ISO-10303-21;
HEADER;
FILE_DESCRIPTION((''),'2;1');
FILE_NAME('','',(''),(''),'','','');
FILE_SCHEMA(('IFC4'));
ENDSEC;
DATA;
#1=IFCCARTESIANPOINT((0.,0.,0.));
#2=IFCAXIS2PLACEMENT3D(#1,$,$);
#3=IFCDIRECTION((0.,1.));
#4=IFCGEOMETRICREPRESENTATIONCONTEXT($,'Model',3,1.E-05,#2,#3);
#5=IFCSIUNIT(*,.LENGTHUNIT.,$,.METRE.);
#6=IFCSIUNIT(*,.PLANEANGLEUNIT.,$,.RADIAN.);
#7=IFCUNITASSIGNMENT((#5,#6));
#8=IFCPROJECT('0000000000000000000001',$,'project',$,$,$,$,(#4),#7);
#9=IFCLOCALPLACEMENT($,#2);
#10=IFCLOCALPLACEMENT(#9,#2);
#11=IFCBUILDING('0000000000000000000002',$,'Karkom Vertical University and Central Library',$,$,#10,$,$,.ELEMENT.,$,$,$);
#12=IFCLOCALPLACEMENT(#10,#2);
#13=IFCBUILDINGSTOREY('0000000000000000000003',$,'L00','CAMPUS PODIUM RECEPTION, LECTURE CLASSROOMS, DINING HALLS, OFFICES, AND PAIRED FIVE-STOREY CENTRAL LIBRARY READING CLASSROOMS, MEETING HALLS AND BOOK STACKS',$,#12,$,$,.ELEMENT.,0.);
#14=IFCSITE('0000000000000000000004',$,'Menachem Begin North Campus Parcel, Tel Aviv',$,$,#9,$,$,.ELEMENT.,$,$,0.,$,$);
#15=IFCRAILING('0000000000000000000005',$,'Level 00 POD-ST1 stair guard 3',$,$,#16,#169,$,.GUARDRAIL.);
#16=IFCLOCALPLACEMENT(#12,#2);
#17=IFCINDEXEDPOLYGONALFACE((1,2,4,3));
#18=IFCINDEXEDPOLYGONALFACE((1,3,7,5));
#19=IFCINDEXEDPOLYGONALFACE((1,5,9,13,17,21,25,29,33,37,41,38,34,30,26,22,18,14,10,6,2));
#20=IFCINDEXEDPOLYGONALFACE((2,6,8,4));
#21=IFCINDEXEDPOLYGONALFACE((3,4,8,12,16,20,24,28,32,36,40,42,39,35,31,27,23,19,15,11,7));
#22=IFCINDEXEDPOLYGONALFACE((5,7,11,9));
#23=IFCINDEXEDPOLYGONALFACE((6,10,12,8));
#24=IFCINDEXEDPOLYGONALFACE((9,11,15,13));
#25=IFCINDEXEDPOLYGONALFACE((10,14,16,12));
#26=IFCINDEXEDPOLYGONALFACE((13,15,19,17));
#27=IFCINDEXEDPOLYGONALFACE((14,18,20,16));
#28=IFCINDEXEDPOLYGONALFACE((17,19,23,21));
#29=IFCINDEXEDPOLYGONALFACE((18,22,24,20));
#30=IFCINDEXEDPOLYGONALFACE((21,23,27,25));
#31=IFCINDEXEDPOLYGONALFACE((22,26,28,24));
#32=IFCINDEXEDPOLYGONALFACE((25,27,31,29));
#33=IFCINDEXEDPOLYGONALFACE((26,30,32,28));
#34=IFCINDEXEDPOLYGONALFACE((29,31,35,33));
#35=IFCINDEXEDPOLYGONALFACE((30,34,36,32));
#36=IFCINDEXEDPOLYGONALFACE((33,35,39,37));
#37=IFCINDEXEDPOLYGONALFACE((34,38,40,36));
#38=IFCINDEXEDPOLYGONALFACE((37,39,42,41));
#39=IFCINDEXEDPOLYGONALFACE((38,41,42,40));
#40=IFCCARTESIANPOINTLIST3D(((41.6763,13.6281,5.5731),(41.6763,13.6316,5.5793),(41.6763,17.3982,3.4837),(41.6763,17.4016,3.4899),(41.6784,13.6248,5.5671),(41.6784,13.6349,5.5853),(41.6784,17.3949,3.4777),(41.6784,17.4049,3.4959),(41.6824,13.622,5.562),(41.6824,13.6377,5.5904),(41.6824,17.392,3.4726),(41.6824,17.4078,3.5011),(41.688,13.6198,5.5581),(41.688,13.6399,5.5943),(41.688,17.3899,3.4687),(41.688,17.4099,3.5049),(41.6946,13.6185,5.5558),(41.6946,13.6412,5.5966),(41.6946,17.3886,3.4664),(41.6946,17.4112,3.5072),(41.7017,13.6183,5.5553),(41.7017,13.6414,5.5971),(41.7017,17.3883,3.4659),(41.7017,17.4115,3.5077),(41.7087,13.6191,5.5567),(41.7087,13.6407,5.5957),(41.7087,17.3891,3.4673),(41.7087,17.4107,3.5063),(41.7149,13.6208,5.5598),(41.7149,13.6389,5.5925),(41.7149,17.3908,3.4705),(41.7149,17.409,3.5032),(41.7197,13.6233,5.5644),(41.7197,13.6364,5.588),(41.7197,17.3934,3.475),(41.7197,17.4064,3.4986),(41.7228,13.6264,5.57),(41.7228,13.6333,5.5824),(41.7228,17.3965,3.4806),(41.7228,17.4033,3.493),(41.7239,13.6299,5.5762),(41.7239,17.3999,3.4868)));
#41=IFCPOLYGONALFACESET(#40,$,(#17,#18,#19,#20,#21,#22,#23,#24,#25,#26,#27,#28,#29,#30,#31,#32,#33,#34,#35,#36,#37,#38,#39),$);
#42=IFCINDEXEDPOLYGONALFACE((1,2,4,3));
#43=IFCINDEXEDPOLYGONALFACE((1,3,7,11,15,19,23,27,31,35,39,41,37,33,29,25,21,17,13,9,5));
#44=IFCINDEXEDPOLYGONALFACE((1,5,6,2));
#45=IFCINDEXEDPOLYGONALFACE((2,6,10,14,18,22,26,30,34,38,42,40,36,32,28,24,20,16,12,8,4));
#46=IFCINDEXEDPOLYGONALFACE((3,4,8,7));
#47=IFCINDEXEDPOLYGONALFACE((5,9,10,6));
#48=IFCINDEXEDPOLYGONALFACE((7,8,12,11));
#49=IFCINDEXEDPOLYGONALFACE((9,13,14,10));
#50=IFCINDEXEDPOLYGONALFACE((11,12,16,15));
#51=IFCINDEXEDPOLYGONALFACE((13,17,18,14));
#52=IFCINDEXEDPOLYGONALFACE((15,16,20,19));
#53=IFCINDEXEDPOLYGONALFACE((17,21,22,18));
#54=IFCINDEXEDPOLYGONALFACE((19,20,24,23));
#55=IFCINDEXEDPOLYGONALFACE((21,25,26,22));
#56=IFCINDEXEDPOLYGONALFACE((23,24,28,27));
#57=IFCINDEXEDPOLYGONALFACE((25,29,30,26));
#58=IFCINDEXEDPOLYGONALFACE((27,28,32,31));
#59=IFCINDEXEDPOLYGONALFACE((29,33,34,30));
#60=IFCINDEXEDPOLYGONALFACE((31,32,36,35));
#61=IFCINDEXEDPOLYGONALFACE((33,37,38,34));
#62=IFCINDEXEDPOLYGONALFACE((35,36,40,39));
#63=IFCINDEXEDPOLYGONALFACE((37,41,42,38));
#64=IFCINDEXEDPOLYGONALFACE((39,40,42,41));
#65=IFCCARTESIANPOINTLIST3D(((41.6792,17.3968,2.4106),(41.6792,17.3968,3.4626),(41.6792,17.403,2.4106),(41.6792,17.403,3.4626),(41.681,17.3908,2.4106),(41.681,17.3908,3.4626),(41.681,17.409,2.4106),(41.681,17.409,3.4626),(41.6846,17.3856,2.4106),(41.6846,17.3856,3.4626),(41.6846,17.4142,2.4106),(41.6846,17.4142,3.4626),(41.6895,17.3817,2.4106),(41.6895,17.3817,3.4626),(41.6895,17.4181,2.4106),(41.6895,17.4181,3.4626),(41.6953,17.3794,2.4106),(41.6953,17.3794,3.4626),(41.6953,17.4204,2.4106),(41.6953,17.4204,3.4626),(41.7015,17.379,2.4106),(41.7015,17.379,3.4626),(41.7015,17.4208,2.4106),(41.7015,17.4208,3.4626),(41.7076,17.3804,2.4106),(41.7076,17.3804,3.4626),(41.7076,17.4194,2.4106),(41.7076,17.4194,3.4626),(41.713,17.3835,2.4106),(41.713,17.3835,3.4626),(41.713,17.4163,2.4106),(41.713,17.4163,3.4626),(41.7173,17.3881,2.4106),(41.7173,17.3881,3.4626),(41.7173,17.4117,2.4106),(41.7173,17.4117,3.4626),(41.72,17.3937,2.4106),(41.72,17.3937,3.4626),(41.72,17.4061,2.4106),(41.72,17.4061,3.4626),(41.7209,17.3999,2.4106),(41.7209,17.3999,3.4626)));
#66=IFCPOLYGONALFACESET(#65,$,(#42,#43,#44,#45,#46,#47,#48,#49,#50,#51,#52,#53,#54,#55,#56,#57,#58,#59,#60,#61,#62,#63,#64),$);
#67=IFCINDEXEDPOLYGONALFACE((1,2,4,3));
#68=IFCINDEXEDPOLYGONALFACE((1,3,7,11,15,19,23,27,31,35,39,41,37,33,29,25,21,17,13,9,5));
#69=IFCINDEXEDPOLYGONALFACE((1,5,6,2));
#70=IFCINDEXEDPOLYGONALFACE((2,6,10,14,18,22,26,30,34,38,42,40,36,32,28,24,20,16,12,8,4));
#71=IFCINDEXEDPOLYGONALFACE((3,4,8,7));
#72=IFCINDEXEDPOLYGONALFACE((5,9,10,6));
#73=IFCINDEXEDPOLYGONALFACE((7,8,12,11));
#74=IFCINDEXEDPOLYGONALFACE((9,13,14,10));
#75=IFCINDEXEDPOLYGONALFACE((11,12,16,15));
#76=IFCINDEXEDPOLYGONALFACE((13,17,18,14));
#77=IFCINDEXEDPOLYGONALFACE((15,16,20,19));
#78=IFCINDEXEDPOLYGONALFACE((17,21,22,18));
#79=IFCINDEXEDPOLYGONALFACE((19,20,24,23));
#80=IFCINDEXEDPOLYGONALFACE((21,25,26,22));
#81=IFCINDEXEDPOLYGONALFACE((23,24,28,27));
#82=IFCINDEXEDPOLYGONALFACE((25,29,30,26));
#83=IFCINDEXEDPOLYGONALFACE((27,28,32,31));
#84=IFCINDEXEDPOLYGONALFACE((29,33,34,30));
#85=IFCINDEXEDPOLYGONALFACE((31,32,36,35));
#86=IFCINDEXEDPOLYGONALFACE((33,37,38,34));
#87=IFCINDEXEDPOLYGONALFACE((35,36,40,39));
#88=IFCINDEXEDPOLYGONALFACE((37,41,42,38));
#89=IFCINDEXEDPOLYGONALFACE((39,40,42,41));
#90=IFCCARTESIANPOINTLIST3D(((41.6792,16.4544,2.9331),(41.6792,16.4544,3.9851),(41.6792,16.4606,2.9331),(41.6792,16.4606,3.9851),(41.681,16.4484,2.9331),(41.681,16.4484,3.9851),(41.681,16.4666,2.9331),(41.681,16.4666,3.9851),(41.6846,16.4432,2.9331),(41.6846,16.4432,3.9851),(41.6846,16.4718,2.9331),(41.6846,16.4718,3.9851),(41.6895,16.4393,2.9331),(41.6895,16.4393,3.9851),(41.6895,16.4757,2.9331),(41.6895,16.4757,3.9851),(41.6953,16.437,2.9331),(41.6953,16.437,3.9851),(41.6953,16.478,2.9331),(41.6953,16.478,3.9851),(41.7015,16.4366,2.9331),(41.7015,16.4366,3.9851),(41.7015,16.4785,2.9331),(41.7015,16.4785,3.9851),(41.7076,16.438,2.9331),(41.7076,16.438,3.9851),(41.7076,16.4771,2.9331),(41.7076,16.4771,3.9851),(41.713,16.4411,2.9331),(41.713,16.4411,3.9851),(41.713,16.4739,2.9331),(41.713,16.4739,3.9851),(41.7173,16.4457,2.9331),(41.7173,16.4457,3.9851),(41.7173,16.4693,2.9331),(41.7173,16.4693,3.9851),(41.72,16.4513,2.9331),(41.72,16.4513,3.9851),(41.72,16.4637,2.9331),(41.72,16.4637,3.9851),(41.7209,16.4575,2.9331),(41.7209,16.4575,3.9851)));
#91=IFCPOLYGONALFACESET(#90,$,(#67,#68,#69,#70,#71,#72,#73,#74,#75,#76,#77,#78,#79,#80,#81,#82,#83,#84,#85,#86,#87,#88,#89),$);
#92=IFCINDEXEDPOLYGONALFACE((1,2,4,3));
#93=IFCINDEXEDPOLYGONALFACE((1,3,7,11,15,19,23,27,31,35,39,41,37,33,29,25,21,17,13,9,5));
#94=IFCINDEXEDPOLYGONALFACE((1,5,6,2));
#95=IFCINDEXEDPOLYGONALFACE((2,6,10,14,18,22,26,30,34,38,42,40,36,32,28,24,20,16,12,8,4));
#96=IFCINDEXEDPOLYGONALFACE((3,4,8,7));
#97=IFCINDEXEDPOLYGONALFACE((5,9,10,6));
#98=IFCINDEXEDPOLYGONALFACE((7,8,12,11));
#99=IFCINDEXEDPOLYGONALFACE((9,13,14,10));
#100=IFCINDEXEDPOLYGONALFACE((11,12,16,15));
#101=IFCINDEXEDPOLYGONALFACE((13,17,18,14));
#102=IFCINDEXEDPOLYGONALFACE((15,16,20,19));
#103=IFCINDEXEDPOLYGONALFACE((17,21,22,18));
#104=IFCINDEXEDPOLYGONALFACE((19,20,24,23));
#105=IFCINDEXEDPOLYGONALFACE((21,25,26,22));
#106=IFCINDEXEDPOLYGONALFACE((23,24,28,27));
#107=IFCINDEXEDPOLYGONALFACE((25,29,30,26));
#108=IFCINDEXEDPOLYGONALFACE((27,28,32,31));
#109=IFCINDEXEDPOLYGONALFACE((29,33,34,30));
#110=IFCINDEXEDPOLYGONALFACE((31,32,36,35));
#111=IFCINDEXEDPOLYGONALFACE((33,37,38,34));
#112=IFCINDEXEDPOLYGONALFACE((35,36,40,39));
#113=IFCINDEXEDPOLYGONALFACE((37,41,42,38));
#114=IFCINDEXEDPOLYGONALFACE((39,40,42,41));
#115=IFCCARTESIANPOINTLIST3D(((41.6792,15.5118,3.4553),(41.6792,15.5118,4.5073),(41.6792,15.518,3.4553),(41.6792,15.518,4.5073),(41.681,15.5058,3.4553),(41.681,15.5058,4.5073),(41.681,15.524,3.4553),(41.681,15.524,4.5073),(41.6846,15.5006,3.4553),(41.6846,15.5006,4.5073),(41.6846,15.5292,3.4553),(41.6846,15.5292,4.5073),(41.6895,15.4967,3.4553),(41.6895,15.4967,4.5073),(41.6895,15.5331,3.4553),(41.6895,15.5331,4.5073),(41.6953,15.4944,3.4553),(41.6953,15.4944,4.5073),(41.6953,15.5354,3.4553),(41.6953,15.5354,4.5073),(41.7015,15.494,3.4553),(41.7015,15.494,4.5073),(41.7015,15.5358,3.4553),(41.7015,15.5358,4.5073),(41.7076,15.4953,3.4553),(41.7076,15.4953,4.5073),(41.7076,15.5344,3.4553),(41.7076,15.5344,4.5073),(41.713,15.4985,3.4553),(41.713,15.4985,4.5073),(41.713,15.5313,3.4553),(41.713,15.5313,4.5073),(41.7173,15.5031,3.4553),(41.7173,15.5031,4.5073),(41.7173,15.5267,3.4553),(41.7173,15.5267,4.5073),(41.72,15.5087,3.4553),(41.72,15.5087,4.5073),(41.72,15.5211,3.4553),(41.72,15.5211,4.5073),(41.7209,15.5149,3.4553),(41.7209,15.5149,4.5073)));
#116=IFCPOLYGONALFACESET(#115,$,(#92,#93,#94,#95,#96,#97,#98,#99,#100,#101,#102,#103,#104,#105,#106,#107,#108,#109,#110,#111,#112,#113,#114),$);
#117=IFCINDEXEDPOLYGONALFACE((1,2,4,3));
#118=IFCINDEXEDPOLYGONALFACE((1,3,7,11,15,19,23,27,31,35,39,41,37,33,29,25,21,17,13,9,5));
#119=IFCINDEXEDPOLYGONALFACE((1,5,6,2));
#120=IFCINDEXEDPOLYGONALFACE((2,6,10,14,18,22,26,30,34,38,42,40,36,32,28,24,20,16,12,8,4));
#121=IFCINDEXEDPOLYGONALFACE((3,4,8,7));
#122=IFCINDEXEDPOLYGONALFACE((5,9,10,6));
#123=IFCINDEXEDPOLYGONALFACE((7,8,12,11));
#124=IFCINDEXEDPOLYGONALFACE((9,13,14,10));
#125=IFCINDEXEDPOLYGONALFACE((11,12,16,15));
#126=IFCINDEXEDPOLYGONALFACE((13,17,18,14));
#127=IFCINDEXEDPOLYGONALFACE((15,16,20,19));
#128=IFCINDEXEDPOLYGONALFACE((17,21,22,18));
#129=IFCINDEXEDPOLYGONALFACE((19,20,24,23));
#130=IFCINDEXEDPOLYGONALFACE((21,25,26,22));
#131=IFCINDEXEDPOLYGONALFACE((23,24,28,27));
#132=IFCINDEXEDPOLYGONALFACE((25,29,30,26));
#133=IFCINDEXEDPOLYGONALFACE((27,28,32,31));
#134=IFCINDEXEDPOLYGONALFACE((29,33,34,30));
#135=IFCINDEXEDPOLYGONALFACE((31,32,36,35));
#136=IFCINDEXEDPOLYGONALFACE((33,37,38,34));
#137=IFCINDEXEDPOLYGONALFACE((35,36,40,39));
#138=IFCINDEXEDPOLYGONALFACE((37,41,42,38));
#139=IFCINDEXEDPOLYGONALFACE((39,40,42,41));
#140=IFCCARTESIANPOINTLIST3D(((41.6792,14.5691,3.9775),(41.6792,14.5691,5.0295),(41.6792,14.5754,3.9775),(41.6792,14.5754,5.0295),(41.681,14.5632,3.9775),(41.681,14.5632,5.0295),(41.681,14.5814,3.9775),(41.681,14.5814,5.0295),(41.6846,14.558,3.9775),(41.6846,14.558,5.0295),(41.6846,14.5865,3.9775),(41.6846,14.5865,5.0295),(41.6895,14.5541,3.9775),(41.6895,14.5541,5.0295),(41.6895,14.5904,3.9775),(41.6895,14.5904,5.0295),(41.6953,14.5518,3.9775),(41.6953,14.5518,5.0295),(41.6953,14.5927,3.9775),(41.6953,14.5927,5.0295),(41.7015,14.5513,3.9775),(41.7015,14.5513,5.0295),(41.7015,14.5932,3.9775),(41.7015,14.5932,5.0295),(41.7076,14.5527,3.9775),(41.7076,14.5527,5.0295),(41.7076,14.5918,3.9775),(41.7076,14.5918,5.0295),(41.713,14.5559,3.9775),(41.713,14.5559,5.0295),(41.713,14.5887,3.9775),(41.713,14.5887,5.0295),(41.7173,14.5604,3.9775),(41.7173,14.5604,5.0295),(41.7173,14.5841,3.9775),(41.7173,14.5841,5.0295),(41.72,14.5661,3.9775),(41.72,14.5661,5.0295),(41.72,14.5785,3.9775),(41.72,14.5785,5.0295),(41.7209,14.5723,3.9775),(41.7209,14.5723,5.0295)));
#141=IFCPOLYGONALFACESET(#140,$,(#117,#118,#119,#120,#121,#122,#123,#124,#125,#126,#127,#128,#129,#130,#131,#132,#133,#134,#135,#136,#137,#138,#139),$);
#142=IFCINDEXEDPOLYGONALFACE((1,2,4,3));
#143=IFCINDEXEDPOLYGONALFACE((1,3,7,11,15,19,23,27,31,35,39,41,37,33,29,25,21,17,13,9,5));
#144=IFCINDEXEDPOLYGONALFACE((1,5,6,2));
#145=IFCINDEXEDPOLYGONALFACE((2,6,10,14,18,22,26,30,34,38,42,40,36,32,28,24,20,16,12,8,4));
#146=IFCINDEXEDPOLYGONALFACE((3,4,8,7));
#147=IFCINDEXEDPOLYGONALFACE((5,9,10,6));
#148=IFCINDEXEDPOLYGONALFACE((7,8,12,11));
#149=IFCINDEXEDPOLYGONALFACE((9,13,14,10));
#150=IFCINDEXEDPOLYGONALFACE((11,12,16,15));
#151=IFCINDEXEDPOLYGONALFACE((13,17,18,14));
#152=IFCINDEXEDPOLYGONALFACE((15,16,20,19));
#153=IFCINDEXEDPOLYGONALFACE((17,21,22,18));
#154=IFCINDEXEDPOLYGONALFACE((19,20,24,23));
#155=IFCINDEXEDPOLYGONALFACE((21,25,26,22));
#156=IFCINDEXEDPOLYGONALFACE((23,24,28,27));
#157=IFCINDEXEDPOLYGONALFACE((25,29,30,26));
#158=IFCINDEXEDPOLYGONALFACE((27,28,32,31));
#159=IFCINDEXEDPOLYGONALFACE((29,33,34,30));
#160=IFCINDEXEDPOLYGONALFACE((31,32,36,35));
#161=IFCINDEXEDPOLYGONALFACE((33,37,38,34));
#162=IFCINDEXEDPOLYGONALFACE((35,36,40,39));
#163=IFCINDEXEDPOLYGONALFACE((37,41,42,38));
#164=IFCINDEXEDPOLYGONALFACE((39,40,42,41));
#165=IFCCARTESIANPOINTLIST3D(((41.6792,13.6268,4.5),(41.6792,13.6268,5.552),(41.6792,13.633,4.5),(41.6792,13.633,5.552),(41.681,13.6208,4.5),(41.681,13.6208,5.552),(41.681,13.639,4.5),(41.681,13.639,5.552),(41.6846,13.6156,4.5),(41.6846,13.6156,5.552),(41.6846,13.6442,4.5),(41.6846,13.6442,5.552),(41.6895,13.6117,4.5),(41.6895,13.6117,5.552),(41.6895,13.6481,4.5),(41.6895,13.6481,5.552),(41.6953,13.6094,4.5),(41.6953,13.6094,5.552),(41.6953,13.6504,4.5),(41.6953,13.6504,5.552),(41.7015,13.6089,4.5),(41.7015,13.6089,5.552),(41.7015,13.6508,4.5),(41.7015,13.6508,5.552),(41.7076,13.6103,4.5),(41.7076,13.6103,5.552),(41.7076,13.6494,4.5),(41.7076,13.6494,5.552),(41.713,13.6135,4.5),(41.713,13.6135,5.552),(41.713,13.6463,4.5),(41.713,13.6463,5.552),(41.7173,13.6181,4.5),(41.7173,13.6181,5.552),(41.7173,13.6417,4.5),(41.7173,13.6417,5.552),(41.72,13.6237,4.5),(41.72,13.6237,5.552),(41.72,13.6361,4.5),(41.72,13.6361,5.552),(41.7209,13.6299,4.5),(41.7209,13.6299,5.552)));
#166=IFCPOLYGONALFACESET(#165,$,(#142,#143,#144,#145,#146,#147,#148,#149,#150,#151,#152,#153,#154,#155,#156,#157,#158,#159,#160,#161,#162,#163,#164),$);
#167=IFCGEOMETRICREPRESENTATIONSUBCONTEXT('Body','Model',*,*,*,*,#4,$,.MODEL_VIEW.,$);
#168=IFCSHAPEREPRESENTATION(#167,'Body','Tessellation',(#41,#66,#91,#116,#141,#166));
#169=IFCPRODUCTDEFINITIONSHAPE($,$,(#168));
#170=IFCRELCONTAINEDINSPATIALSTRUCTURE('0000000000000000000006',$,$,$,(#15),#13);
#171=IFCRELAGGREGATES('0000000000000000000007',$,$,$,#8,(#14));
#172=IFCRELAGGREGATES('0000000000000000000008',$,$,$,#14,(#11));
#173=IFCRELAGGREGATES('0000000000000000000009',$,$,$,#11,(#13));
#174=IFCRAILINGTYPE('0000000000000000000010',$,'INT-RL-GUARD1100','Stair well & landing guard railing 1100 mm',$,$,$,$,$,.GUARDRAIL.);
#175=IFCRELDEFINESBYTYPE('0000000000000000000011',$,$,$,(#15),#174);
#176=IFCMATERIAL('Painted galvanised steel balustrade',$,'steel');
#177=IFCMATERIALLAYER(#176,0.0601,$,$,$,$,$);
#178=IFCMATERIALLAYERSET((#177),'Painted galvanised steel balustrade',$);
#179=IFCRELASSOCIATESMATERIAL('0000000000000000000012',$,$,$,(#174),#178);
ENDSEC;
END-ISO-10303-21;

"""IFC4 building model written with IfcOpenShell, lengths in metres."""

from ifc_helpers import new_model, si_unit, direction, frame, origin, origin_2d, place, context, subcontext, project, spatial, circle, extrude, material, layer, layer_set, type_object, element, save


model = new_model("IFC4")

# Units and contexts
model_context = context("Model", 3, precision=1e-05, world=origin(), true_north=direction((0.0, 1.0)))
body_context = subcontext(model_context, "Body", "Model", "MODEL_VIEW")
ifc_project = project(units=[si_unit("LENGTHUNIT", "METRE"), si_unit("PLANEANGLEUNIT", "RADIAN")], contexts=[model_context])

# Site, building, storey
site_placement = place(None, origin())
site = spatial("IfcSite", under=ifc_project, at=site_placement, Name="Menachem Begin North Campus Parcel, Tel Aviv", CompositionType="ELEMENT", RefElevation=0.0)
building_placement = place(site_placement, origin())
building = spatial("IfcBuilding", under=site, at=building_placement, Name="Karkom Vertical University and Central Library", CompositionType="ELEMENT")
storey_placement = place(building_placement, origin())
storey = spatial("IfcBuildingStorey", under=building, at=storey_placement, Name="L00", Description="CAMPUS PODIUM RECEPTION, LECTURE CLASSROOMS, DINING HALLS, OFFICES, AND PAIRED FIVE-STOREY CENTRAL LIBRARY READING CLASSROOMS, MEETING HALLS AND BOOK STACKS", CompositionType="ELEMENT", Elevation=0.0)

# Railing
ifc_material_1 = material(Name="Painted galvanised steel balustrade", Category="steel")
ifc_layer_1 = layer(ifc_material_1, 0.0601)
ifc_layer_set_1 = layer_set([ifc_layer_1], Name="Painted galvanised steel balustrade")
railing_type_1 = type_object("IfcRailingType", Name="INT-RL-GUARD1100", Description="Stair well & landing guard railing 1100 mm", PredefinedType="GUARDRAIL", material=ifc_layer_set_1)
railing_1_placement = place(storey_placement, frame((41.7, 17.3999, 2.4106)))
element("IfcRailing", 1, at=railing_1_placement, inside=storey, type_object=railing_type_1, Name="Level 00 POD-ST1 stair guard 3", PredefinedType="GUARDRAIL", context=body_context, shape_type="SweptSolid", body=[
    extrude(circle(Radius=0.0239, at=origin_2d()), frame((0.0, 0.0, 1.0762), z_axis=(0.0, -0.874659, 0.484739), x_axis=(1.0, 0.0, 0.0)), (0.0, 0.0, 1.0), 4.3103),
    extrude(circle(Radius=0.021, at=origin_2d()), origin(), (0.0, 0.0, 1.0), 1.052),
    extrude(circle(Radius=0.021, at=origin_2d()), frame((0.0, -0.9424, 0.5225)), (0.0, 0.0, 1.0), 1.052),
    extrude(circle(Radius=0.021, at=origin_2d()), frame((0.0, -1.885, 1.0447)), (0.0, 0.0, 1.0), 1.052),
    extrude(circle(Radius=0.021, at=origin_2d()), frame((0.0, -2.8276, 1.5669)), (0.0, 0.0, 1.0), 1.052),
    extrude(circle(Radius=0.021, at=origin_2d()), frame((0.0, -3.77, 2.0894)), (0.0, 0.0, 1.0), 1.052),
])

save(model, "model.ifc")
